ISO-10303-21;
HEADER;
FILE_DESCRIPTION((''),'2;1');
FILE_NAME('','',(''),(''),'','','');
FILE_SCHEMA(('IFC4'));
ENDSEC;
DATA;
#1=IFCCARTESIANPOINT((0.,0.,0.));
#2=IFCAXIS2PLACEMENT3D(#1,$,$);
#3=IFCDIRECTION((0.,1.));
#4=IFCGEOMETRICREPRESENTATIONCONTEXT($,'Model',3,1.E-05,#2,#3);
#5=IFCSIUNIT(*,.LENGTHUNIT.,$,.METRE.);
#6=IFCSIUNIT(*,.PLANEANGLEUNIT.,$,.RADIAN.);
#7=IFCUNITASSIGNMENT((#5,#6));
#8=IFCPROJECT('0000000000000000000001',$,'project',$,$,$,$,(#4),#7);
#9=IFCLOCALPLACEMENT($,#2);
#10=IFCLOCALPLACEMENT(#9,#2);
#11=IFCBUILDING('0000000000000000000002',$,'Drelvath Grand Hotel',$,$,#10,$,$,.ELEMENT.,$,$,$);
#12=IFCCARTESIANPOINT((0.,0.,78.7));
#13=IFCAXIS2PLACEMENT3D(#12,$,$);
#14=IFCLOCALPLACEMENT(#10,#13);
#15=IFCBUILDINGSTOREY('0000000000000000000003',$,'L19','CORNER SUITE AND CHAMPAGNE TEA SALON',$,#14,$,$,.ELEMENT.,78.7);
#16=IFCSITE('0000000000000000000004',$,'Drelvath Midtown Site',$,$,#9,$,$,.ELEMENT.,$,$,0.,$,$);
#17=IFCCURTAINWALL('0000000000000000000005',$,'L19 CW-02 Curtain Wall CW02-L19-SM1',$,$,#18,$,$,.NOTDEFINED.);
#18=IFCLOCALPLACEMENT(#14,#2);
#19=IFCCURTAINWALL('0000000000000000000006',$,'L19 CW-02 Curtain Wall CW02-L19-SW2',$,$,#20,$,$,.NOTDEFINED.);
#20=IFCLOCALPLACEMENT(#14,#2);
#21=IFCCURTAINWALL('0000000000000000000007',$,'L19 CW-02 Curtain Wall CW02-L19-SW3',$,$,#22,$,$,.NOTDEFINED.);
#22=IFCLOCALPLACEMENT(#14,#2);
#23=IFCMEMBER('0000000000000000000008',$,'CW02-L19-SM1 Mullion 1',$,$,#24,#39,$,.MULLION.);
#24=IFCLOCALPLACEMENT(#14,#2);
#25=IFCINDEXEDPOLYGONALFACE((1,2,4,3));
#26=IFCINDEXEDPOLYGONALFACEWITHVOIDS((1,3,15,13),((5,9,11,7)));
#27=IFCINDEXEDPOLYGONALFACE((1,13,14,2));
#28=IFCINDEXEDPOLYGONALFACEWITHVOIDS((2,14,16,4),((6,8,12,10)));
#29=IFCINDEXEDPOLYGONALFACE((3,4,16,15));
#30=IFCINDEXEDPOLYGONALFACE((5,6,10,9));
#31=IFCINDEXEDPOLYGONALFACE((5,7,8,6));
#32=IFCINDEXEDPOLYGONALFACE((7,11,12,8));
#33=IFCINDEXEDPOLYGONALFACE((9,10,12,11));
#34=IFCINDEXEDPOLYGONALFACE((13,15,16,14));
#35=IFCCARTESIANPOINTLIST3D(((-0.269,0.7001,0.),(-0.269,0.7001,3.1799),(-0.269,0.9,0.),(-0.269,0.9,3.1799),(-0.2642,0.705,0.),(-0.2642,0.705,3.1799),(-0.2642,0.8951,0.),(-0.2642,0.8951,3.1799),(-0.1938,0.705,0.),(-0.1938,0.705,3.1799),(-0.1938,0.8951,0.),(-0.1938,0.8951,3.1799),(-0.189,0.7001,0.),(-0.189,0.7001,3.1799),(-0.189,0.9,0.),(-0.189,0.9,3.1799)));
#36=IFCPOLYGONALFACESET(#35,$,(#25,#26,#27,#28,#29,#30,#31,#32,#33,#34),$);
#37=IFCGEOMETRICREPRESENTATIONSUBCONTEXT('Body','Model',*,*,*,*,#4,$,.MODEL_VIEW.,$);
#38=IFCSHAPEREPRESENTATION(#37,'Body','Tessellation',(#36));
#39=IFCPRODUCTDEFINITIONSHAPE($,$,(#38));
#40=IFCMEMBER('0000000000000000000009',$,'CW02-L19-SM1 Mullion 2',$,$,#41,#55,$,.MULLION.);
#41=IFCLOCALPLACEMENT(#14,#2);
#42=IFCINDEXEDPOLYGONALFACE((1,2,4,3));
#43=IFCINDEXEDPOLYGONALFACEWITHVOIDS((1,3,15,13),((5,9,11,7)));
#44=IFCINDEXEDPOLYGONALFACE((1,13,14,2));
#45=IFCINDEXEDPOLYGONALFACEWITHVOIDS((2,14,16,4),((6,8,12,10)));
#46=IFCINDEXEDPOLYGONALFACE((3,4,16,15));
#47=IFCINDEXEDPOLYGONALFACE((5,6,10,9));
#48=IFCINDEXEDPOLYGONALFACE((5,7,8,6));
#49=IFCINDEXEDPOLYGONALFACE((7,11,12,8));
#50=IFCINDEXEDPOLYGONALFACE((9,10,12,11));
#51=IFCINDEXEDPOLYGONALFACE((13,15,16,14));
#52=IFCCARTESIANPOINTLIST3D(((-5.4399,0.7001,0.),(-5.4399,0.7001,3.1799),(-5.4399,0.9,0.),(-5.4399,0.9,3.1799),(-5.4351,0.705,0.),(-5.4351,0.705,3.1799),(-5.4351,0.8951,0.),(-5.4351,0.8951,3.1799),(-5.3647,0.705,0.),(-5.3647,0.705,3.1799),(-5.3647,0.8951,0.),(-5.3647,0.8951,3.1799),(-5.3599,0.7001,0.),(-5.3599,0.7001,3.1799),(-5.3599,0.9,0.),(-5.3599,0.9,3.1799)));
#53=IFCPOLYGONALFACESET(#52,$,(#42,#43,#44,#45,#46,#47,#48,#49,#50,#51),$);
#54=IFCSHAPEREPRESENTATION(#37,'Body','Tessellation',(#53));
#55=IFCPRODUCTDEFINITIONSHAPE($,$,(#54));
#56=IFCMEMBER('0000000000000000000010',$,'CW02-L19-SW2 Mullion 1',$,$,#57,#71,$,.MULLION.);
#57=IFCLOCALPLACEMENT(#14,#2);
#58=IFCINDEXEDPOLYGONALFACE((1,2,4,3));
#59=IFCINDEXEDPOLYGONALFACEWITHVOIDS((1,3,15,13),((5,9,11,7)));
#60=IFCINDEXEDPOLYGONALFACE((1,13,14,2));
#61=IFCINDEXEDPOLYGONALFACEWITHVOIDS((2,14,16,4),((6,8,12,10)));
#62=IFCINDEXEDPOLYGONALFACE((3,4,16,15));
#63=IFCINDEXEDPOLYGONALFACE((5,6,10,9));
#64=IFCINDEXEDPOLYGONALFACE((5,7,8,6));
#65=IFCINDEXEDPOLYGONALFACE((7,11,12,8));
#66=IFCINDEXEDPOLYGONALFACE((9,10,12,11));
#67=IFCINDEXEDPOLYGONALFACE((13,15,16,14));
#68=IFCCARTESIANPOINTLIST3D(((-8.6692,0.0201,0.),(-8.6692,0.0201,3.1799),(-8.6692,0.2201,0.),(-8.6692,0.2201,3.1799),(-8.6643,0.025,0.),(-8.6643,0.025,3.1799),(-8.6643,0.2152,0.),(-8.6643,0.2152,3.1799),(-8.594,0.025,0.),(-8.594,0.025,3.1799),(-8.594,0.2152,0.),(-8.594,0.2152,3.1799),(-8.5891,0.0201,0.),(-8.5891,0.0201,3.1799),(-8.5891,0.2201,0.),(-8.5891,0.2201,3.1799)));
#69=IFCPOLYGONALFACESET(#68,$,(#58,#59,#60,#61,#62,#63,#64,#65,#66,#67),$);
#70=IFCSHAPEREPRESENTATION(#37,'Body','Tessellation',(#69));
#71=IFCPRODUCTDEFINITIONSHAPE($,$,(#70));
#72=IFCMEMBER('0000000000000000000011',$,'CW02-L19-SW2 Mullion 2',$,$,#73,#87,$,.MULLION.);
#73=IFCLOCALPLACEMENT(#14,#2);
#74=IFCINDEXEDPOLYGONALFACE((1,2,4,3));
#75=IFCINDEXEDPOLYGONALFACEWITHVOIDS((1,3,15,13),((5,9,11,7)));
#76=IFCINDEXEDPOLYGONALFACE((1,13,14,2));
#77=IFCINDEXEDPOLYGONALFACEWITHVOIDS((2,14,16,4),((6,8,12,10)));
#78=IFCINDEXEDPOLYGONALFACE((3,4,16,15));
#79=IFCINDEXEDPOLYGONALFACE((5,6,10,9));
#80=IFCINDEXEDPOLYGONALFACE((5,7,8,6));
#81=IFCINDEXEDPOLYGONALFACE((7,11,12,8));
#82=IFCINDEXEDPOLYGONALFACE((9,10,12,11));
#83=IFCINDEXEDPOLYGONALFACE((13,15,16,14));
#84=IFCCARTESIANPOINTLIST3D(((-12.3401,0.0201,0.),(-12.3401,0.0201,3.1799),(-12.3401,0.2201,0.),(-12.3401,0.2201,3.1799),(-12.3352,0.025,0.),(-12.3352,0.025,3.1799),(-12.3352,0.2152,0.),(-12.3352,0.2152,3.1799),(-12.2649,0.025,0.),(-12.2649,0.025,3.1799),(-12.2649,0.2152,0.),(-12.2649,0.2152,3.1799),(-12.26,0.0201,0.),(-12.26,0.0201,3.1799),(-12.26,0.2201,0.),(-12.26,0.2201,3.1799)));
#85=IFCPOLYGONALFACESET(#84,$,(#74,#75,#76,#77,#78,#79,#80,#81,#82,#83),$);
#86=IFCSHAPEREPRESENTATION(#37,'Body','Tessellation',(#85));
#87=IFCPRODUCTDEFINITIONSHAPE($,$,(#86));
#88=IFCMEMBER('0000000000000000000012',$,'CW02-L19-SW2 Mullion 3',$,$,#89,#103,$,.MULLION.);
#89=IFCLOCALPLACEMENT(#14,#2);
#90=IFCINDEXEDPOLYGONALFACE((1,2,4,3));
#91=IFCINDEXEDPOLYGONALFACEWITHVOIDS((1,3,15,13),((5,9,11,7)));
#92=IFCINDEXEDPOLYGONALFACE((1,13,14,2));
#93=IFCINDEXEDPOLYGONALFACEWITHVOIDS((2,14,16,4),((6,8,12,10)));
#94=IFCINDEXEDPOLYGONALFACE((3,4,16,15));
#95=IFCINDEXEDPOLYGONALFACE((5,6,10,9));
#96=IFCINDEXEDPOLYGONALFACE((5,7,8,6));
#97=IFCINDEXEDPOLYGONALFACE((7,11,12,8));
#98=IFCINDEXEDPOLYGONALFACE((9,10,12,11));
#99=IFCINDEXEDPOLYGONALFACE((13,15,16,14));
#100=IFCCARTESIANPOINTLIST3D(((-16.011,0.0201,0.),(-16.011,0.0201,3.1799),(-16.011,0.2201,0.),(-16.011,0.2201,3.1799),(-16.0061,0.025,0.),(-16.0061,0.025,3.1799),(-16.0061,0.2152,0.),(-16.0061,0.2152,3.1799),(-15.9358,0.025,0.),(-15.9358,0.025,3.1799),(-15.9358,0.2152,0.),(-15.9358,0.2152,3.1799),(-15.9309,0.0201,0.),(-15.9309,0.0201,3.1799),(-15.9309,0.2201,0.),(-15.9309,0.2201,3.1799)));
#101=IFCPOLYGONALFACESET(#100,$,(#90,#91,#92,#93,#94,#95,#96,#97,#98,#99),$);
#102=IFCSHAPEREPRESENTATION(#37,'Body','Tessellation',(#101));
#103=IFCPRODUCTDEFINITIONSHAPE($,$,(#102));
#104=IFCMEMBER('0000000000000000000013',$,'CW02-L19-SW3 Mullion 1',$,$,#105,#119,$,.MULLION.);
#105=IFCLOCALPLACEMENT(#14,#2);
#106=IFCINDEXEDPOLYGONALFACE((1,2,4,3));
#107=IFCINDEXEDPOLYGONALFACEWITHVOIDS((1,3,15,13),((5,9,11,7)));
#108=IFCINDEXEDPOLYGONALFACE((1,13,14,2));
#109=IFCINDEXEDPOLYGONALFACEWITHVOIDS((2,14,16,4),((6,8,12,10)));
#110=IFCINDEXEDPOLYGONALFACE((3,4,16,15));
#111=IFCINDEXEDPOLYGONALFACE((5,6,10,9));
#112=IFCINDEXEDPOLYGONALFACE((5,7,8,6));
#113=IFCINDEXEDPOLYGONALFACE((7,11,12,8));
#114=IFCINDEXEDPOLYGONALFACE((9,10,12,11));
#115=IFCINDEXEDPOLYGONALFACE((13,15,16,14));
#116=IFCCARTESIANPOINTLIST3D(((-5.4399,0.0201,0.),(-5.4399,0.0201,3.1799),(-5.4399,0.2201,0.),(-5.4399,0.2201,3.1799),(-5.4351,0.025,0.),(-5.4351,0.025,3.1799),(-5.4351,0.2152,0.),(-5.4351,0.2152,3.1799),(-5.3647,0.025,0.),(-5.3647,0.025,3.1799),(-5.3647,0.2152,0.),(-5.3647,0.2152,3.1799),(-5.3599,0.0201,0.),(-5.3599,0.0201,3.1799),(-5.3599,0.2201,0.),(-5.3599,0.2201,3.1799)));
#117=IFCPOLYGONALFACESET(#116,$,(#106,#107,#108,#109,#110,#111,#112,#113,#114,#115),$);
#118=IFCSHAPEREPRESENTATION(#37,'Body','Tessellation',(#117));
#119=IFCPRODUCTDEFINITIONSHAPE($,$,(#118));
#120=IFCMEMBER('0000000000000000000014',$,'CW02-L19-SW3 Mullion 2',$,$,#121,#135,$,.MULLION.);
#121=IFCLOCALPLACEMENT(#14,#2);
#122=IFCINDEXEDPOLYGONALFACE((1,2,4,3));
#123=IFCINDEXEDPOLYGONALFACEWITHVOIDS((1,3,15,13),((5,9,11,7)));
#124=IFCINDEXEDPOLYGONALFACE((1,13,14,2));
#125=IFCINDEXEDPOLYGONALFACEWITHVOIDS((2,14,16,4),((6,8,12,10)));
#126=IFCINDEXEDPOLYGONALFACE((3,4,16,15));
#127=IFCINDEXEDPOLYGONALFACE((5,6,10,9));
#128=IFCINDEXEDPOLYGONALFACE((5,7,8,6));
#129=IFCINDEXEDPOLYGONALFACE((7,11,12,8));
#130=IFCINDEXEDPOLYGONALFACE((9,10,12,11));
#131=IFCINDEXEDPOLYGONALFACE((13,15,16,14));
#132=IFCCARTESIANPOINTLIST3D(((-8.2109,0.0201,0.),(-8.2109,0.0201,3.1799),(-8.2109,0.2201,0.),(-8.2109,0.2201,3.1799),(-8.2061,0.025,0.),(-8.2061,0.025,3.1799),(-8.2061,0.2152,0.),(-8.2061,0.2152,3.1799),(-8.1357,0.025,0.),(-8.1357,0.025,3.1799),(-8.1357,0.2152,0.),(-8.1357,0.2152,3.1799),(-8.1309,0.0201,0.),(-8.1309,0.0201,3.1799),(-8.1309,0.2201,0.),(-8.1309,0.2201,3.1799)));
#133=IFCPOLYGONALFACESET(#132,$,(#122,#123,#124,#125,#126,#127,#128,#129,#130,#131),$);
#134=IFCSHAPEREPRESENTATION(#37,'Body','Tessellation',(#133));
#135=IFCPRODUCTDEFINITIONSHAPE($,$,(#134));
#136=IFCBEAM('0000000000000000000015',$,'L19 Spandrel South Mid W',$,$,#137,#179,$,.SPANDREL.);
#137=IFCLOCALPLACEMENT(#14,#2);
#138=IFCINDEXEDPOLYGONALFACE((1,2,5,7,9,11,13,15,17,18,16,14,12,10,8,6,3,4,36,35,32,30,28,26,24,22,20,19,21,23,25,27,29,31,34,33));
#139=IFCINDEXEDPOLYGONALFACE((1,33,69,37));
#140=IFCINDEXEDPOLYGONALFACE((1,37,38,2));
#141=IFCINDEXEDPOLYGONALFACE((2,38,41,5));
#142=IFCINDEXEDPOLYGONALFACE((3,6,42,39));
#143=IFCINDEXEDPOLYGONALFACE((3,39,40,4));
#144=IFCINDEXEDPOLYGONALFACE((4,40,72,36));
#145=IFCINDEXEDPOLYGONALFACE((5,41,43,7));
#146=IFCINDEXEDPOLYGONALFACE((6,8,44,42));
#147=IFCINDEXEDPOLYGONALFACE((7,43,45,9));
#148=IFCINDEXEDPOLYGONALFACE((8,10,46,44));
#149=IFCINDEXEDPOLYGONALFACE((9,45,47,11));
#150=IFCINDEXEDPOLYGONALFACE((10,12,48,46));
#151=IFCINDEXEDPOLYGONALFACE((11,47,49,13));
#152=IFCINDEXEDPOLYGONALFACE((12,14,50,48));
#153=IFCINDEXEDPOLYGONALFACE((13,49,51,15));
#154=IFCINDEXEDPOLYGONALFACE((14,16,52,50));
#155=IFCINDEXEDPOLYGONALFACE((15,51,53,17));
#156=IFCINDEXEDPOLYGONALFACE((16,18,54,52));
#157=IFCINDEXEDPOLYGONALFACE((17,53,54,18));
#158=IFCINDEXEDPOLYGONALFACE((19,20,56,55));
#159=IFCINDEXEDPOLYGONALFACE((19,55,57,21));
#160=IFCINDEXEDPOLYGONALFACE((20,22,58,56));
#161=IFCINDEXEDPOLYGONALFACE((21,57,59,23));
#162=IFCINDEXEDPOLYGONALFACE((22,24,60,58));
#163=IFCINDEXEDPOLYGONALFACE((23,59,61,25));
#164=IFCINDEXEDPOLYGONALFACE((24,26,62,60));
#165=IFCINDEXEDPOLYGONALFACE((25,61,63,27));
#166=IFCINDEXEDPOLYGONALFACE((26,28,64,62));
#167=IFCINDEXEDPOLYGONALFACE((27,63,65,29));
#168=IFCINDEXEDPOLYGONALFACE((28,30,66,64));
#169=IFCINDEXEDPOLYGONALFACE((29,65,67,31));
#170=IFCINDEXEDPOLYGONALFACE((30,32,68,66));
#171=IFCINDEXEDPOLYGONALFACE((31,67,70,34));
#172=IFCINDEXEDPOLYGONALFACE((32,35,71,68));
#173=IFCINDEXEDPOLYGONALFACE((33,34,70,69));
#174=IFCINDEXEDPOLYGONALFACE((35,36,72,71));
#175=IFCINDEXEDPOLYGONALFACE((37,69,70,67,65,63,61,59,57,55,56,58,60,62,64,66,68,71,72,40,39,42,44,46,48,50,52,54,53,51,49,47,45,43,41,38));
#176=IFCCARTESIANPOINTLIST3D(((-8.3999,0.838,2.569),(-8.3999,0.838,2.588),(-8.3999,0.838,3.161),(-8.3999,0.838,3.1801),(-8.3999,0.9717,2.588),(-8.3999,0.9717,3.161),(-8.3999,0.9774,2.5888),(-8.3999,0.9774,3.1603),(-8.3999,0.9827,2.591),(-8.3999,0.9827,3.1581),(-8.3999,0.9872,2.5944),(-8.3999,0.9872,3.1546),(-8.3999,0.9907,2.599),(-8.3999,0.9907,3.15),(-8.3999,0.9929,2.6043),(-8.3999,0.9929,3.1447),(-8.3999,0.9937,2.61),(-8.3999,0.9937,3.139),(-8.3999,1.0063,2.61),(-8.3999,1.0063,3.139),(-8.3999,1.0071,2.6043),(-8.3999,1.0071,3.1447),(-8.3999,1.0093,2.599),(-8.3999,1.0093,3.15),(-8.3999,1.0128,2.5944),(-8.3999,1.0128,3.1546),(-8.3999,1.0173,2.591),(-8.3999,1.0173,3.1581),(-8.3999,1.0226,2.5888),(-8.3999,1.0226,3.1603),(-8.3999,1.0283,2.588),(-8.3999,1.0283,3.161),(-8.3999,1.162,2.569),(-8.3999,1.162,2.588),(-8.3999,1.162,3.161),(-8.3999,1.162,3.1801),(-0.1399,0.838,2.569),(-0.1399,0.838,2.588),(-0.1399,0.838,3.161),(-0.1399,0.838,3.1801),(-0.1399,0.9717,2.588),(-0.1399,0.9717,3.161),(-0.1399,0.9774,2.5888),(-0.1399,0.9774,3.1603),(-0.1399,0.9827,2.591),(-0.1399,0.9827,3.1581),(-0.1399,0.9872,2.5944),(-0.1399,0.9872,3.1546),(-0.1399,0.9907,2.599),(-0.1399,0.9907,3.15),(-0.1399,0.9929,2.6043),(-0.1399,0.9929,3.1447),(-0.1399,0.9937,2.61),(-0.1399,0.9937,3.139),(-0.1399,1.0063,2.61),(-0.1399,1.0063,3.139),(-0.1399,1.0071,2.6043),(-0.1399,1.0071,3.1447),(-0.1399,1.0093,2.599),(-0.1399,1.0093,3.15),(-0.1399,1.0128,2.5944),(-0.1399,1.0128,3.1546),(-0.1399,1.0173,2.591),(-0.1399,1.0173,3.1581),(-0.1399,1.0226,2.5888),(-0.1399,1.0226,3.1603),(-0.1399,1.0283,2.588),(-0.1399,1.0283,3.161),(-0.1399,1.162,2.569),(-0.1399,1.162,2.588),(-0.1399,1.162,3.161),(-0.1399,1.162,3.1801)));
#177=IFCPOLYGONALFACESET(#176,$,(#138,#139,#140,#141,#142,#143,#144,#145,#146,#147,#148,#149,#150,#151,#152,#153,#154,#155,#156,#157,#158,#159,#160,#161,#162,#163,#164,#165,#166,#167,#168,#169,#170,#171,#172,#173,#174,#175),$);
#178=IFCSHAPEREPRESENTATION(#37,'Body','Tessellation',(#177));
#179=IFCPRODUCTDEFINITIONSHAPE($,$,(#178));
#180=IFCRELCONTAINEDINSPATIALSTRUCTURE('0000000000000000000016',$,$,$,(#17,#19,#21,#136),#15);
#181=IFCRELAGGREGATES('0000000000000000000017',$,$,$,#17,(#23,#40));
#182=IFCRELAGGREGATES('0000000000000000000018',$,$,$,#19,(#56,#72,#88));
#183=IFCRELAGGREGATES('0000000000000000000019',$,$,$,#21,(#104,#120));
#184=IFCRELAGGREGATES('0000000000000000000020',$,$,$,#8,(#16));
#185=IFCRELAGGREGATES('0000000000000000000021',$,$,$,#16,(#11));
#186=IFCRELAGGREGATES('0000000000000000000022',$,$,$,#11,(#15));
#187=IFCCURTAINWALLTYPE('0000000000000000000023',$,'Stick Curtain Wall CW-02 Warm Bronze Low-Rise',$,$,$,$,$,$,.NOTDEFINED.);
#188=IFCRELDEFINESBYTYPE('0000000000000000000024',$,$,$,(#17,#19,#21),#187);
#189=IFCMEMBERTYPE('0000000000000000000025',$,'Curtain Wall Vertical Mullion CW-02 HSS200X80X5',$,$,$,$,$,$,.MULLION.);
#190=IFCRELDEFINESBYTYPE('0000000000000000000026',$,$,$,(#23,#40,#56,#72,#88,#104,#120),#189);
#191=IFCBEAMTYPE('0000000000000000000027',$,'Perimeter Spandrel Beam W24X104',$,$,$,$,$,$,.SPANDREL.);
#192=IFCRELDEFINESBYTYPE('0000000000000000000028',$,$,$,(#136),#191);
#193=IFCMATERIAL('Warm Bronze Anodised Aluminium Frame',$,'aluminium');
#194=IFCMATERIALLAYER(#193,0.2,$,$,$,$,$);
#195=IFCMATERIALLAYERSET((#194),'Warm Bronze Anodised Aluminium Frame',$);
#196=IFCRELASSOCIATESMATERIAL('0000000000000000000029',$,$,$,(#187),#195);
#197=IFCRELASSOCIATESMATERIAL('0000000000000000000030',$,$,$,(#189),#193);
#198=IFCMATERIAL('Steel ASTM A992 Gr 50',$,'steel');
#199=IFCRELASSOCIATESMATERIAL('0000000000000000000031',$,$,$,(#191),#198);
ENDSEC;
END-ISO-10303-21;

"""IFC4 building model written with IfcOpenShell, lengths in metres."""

from ifc_helpers import new_model, si_unit, direction, frame, origin, origin_2d, place, context, subcontext, project, spatial, hollow_rectangle, i_section, extrude, material, layer, layer_set, material_profile, profile_set, type_object, element, aggregate, save


model = new_model("IFC4")

# Units and contexts
model_context = context("Model", 3, precision=1e-05, world=origin(), true_north=direction((0.0, 1.0)))
body_context = subcontext(model_context, "Body", "Model", "MODEL_VIEW")
ifc_project = project(units=[si_unit("LENGTHUNIT", "METRE"), si_unit("PLANEANGLEUNIT", "RADIAN")], contexts=[model_context])

# Site, building, storey
site_placement = place(None, origin())
site = spatial("IfcSite", under=ifc_project, at=site_placement, Name="Drelvath Midtown Site", CompositionType="ELEMENT", RefElevation=0.0)
building_placement = place(site_placement, origin())
building = spatial("IfcBuilding", under=site, at=building_placement, Name="Drelvath Grand Hotel", CompositionType="ELEMENT")
storey_placement = place(building_placement, frame((0.0, 0.0, 78.7)))
storey = spatial("IfcBuildingStorey", under=building, at=storey_placement, Name="L19", Description="CORNER SUITE AND CHAMPAGNE TEA SALON", CompositionType="ELEMENT", Elevation=78.7)

# Shared definitions
ifc_material_1 = material(Name="Steel ASTM A992 Gr 50", Category="steel")

# Curtain walls
ifc_material_2 = material(Name="Warm Bronze Anodised Aluminium Frame", Category="aluminium")
ifc_layer_1 = layer(ifc_material_2, 0.2)
ifc_layer_set_1 = layer_set([ifc_layer_1], Name="Warm Bronze Anodised Aluminium Frame")
curtain_wall_type = type_object("IfcCurtainWallType", Name="Stick Curtain Wall CW-02 Warm Bronze Low-Rise", PredefinedType="NOTDEFINED", material=ifc_layer_set_1)
curtain_wall_1_placement = place(storey_placement, origin())
curtain_wall_1 = element("IfcCurtainWall", 1, at=curtain_wall_1_placement, inside=storey, type_object=curtain_wall_type, Name="L19 CW-02 Curtain Wall CW02-L19-SM1", PredefinedType="NOTDEFINED")
curtain_wall_2_placement = place(storey_placement, origin())
curtain_wall_2 = element("IfcCurtainWall", 2, at=curtain_wall_2_placement, inside=storey, type_object=curtain_wall_type, Name="L19 CW-02 Curtain Wall CW02-L19-SW2", PredefinedType="NOTDEFINED")
curtain_wall_3_placement = place(storey_placement, origin())
curtain_wall_3 = element("IfcCurtainWall", 3, at=curtain_wall_3_placement, inside=storey, type_object=curtain_wall_type, Name="L19 CW-02 Curtain Wall CW02-L19-SW3", PredefinedType="NOTDEFINED")

# Members
ifc_material_profile_1 = material_profile(ifc_material_2, hollow_rectangle(XDim=0.0801, YDim=0.2, WallThickness=0.0049, at=origin_2d()), Name="HSS200X80X5")
ifc_profile_set_1 = profile_set([ifc_material_profile_1], Name="Warm Bronze Anodised Aluminium Frame")
member_type_1 = type_object("IfcMemberType", Name="Curtain Wall Vertical Mullion CW-02 HSS200X80X5", PredefinedType="MULLION", material=ifc_profile_set_1)
member_1_placement = place(storey_placement, frame((-0.229, 0.8, 0.0), z_axis=(0.0, 0.0, 1.0), x_axis=(1.0, 0.0, 0.0)))
member_1 = element("IfcMember", 4, at=member_1_placement, type_object=member_type_1, Name="CW02-L19-SM1 Mullion 1", PredefinedType="MULLION", context=body_context, shape_type="SweptSolid", body=[
    extrude(hollow_rectangle(XDim=0.0801, YDim=0.2, WallThickness=0.0049, at=origin_2d()), origin(), (0.0, 0.0, 1.0), 3.1799),
])
member_2_placement = place(storey_placement, frame((-5.3999, 0.8, 0.0), z_axis=(0.0, 0.0, 1.0), x_axis=(1.0, 0.0, 0.0)))
member_2 = element("IfcMember", 5, at=member_2_placement, type_object=member_type_1, Name="CW02-L19-SM1 Mullion 2", PredefinedType="MULLION", context=body_context, shape_type="SweptSolid", body=[
    extrude(hollow_rectangle(XDim=0.0801, YDim=0.2, WallThickness=0.0049, at=origin_2d()), origin(), (0.0, 0.0, 1.0), 3.1799),
])
member_3_placement = place(storey_placement, frame((-8.6292, 0.1201, 0.0), z_axis=(0.0, 0.0, 1.0), x_axis=(1.0, 0.0, 0.0)))
member_3 = element("IfcMember", 6, at=member_3_placement, type_object=member_type_1, Name="CW02-L19-SW2 Mullion 1", PredefinedType="MULLION", context=body_context, shape_type="SweptSolid", body=[
    extrude(hollow_rectangle(XDim=0.0801, YDim=0.2, WallThickness=0.0049, at=origin_2d()), origin(), (0.0, 0.0, 1.0), 3.1799),
])
member_4_placement = place(storey_placement, frame((-12.3, 0.1201, 0.0), z_axis=(0.0, 0.0, 1.0), x_axis=(1.0, 0.0, 0.0)))
member_4 = element("IfcMember", 7, at=member_4_placement, type_object=member_type_1, Name="CW02-L19-SW2 Mullion 2", PredefinedType="MULLION", context=body_context, shape_type="SweptSolid", body=[
    extrude(hollow_rectangle(XDim=0.0801, YDim=0.2, WallThickness=0.0049, at=origin_2d()), origin(), (0.0, 0.0, 1.0), 3.1799),
])
member_5_placement = place(storey_placement, frame((-15.9709, 0.1201, 0.0), z_axis=(0.0, 0.0, 1.0), x_axis=(1.0, 0.0, 0.0)))
member_5 = element("IfcMember", 8, at=member_5_placement, type_object=member_type_1, Name="CW02-L19-SW2 Mullion 3", PredefinedType="MULLION", context=body_context, shape_type="SweptSolid", body=[
    extrude(hollow_rectangle(XDim=0.0801, YDim=0.2, WallThickness=0.0049, at=origin_2d()), origin(), (0.0, 0.0, 1.0), 3.1799),
])
member_6_placement = place(storey_placement, frame((-5.3999, 0.1201, 0.0), z_axis=(0.0, 0.0, 1.0), x_axis=(1.0, 0.0, 0.0)))
member_6 = element("IfcMember", 9, at=member_6_placement, type_object=member_type_1, Name="CW02-L19-SW3 Mullion 1", PredefinedType="MULLION", context=body_context, shape_type="SweptSolid", body=[
    extrude(hollow_rectangle(XDim=0.0801, YDim=0.2, WallThickness=0.0049, at=origin_2d()), origin(), (0.0, 0.0, 1.0), 3.1799),
])
member_7_placement = place(storey_placement, frame((-8.1709, 0.1201, 0.0), z_axis=(0.0, 0.0, 1.0), x_axis=(1.0, 0.0, 0.0)))
member_7 = element("IfcMember", 10, at=member_7_placement, type_object=member_type_1, Name="CW02-L19-SW3 Mullion 2", PredefinedType="MULLION", context=body_context, shape_type="SweptSolid", body=[
    extrude(hollow_rectangle(XDim=0.0801, YDim=0.2, WallThickness=0.0049, at=origin_2d()), origin(), (0.0, 0.0, 1.0), 3.1799),
])

# Beam
ifc_material_profile_2 = material_profile(ifc_material_1, i_section(OverallWidth=0.324, OverallDepth=0.6111, WebThickness=0.0127, FlangeThickness=0.019, FilletRadius=0.022, at=origin_2d()), Name="W24X104")
ifc_profile_set_2 = profile_set([ifc_material_profile_2], Name="Steel ASTM A992 Gr 50")
beam_type_1 = type_object("IfcBeamType", Name="Perimeter Spandrel Beam W24X104", PredefinedType="SPANDREL", material=ifc_profile_set_2)
beam_1_placement = place(storey_placement, frame((-8.3999, 1.0, 2.8745), z_axis=(1.0, 0.0, 0.0), x_axis=(0.0, 1.0, 0.0)))
element("IfcBeam", 11, at=beam_1_placement, inside=storey, type_object=beam_type_1, Name="L19 Spandrel South Mid W", PredefinedType="SPANDREL", context=body_context, shape_type="SweptSolid", body=[
    extrude(i_section(OverallWidth=0.324, OverallDepth=0.6111, WebThickness=0.0127, FlangeThickness=0.019, FilletRadius=0.022, at=origin_2d()), origin(), (0.0, 0.0, 1.0), 8.26),
])

aggregate(curtain_wall_1, [member_1, member_2])
aggregate(curtain_wall_2, [member_3, member_4, member_5])
aggregate(curtain_wall_3, [member_6, member_7])

save(model, "model.ifc")
